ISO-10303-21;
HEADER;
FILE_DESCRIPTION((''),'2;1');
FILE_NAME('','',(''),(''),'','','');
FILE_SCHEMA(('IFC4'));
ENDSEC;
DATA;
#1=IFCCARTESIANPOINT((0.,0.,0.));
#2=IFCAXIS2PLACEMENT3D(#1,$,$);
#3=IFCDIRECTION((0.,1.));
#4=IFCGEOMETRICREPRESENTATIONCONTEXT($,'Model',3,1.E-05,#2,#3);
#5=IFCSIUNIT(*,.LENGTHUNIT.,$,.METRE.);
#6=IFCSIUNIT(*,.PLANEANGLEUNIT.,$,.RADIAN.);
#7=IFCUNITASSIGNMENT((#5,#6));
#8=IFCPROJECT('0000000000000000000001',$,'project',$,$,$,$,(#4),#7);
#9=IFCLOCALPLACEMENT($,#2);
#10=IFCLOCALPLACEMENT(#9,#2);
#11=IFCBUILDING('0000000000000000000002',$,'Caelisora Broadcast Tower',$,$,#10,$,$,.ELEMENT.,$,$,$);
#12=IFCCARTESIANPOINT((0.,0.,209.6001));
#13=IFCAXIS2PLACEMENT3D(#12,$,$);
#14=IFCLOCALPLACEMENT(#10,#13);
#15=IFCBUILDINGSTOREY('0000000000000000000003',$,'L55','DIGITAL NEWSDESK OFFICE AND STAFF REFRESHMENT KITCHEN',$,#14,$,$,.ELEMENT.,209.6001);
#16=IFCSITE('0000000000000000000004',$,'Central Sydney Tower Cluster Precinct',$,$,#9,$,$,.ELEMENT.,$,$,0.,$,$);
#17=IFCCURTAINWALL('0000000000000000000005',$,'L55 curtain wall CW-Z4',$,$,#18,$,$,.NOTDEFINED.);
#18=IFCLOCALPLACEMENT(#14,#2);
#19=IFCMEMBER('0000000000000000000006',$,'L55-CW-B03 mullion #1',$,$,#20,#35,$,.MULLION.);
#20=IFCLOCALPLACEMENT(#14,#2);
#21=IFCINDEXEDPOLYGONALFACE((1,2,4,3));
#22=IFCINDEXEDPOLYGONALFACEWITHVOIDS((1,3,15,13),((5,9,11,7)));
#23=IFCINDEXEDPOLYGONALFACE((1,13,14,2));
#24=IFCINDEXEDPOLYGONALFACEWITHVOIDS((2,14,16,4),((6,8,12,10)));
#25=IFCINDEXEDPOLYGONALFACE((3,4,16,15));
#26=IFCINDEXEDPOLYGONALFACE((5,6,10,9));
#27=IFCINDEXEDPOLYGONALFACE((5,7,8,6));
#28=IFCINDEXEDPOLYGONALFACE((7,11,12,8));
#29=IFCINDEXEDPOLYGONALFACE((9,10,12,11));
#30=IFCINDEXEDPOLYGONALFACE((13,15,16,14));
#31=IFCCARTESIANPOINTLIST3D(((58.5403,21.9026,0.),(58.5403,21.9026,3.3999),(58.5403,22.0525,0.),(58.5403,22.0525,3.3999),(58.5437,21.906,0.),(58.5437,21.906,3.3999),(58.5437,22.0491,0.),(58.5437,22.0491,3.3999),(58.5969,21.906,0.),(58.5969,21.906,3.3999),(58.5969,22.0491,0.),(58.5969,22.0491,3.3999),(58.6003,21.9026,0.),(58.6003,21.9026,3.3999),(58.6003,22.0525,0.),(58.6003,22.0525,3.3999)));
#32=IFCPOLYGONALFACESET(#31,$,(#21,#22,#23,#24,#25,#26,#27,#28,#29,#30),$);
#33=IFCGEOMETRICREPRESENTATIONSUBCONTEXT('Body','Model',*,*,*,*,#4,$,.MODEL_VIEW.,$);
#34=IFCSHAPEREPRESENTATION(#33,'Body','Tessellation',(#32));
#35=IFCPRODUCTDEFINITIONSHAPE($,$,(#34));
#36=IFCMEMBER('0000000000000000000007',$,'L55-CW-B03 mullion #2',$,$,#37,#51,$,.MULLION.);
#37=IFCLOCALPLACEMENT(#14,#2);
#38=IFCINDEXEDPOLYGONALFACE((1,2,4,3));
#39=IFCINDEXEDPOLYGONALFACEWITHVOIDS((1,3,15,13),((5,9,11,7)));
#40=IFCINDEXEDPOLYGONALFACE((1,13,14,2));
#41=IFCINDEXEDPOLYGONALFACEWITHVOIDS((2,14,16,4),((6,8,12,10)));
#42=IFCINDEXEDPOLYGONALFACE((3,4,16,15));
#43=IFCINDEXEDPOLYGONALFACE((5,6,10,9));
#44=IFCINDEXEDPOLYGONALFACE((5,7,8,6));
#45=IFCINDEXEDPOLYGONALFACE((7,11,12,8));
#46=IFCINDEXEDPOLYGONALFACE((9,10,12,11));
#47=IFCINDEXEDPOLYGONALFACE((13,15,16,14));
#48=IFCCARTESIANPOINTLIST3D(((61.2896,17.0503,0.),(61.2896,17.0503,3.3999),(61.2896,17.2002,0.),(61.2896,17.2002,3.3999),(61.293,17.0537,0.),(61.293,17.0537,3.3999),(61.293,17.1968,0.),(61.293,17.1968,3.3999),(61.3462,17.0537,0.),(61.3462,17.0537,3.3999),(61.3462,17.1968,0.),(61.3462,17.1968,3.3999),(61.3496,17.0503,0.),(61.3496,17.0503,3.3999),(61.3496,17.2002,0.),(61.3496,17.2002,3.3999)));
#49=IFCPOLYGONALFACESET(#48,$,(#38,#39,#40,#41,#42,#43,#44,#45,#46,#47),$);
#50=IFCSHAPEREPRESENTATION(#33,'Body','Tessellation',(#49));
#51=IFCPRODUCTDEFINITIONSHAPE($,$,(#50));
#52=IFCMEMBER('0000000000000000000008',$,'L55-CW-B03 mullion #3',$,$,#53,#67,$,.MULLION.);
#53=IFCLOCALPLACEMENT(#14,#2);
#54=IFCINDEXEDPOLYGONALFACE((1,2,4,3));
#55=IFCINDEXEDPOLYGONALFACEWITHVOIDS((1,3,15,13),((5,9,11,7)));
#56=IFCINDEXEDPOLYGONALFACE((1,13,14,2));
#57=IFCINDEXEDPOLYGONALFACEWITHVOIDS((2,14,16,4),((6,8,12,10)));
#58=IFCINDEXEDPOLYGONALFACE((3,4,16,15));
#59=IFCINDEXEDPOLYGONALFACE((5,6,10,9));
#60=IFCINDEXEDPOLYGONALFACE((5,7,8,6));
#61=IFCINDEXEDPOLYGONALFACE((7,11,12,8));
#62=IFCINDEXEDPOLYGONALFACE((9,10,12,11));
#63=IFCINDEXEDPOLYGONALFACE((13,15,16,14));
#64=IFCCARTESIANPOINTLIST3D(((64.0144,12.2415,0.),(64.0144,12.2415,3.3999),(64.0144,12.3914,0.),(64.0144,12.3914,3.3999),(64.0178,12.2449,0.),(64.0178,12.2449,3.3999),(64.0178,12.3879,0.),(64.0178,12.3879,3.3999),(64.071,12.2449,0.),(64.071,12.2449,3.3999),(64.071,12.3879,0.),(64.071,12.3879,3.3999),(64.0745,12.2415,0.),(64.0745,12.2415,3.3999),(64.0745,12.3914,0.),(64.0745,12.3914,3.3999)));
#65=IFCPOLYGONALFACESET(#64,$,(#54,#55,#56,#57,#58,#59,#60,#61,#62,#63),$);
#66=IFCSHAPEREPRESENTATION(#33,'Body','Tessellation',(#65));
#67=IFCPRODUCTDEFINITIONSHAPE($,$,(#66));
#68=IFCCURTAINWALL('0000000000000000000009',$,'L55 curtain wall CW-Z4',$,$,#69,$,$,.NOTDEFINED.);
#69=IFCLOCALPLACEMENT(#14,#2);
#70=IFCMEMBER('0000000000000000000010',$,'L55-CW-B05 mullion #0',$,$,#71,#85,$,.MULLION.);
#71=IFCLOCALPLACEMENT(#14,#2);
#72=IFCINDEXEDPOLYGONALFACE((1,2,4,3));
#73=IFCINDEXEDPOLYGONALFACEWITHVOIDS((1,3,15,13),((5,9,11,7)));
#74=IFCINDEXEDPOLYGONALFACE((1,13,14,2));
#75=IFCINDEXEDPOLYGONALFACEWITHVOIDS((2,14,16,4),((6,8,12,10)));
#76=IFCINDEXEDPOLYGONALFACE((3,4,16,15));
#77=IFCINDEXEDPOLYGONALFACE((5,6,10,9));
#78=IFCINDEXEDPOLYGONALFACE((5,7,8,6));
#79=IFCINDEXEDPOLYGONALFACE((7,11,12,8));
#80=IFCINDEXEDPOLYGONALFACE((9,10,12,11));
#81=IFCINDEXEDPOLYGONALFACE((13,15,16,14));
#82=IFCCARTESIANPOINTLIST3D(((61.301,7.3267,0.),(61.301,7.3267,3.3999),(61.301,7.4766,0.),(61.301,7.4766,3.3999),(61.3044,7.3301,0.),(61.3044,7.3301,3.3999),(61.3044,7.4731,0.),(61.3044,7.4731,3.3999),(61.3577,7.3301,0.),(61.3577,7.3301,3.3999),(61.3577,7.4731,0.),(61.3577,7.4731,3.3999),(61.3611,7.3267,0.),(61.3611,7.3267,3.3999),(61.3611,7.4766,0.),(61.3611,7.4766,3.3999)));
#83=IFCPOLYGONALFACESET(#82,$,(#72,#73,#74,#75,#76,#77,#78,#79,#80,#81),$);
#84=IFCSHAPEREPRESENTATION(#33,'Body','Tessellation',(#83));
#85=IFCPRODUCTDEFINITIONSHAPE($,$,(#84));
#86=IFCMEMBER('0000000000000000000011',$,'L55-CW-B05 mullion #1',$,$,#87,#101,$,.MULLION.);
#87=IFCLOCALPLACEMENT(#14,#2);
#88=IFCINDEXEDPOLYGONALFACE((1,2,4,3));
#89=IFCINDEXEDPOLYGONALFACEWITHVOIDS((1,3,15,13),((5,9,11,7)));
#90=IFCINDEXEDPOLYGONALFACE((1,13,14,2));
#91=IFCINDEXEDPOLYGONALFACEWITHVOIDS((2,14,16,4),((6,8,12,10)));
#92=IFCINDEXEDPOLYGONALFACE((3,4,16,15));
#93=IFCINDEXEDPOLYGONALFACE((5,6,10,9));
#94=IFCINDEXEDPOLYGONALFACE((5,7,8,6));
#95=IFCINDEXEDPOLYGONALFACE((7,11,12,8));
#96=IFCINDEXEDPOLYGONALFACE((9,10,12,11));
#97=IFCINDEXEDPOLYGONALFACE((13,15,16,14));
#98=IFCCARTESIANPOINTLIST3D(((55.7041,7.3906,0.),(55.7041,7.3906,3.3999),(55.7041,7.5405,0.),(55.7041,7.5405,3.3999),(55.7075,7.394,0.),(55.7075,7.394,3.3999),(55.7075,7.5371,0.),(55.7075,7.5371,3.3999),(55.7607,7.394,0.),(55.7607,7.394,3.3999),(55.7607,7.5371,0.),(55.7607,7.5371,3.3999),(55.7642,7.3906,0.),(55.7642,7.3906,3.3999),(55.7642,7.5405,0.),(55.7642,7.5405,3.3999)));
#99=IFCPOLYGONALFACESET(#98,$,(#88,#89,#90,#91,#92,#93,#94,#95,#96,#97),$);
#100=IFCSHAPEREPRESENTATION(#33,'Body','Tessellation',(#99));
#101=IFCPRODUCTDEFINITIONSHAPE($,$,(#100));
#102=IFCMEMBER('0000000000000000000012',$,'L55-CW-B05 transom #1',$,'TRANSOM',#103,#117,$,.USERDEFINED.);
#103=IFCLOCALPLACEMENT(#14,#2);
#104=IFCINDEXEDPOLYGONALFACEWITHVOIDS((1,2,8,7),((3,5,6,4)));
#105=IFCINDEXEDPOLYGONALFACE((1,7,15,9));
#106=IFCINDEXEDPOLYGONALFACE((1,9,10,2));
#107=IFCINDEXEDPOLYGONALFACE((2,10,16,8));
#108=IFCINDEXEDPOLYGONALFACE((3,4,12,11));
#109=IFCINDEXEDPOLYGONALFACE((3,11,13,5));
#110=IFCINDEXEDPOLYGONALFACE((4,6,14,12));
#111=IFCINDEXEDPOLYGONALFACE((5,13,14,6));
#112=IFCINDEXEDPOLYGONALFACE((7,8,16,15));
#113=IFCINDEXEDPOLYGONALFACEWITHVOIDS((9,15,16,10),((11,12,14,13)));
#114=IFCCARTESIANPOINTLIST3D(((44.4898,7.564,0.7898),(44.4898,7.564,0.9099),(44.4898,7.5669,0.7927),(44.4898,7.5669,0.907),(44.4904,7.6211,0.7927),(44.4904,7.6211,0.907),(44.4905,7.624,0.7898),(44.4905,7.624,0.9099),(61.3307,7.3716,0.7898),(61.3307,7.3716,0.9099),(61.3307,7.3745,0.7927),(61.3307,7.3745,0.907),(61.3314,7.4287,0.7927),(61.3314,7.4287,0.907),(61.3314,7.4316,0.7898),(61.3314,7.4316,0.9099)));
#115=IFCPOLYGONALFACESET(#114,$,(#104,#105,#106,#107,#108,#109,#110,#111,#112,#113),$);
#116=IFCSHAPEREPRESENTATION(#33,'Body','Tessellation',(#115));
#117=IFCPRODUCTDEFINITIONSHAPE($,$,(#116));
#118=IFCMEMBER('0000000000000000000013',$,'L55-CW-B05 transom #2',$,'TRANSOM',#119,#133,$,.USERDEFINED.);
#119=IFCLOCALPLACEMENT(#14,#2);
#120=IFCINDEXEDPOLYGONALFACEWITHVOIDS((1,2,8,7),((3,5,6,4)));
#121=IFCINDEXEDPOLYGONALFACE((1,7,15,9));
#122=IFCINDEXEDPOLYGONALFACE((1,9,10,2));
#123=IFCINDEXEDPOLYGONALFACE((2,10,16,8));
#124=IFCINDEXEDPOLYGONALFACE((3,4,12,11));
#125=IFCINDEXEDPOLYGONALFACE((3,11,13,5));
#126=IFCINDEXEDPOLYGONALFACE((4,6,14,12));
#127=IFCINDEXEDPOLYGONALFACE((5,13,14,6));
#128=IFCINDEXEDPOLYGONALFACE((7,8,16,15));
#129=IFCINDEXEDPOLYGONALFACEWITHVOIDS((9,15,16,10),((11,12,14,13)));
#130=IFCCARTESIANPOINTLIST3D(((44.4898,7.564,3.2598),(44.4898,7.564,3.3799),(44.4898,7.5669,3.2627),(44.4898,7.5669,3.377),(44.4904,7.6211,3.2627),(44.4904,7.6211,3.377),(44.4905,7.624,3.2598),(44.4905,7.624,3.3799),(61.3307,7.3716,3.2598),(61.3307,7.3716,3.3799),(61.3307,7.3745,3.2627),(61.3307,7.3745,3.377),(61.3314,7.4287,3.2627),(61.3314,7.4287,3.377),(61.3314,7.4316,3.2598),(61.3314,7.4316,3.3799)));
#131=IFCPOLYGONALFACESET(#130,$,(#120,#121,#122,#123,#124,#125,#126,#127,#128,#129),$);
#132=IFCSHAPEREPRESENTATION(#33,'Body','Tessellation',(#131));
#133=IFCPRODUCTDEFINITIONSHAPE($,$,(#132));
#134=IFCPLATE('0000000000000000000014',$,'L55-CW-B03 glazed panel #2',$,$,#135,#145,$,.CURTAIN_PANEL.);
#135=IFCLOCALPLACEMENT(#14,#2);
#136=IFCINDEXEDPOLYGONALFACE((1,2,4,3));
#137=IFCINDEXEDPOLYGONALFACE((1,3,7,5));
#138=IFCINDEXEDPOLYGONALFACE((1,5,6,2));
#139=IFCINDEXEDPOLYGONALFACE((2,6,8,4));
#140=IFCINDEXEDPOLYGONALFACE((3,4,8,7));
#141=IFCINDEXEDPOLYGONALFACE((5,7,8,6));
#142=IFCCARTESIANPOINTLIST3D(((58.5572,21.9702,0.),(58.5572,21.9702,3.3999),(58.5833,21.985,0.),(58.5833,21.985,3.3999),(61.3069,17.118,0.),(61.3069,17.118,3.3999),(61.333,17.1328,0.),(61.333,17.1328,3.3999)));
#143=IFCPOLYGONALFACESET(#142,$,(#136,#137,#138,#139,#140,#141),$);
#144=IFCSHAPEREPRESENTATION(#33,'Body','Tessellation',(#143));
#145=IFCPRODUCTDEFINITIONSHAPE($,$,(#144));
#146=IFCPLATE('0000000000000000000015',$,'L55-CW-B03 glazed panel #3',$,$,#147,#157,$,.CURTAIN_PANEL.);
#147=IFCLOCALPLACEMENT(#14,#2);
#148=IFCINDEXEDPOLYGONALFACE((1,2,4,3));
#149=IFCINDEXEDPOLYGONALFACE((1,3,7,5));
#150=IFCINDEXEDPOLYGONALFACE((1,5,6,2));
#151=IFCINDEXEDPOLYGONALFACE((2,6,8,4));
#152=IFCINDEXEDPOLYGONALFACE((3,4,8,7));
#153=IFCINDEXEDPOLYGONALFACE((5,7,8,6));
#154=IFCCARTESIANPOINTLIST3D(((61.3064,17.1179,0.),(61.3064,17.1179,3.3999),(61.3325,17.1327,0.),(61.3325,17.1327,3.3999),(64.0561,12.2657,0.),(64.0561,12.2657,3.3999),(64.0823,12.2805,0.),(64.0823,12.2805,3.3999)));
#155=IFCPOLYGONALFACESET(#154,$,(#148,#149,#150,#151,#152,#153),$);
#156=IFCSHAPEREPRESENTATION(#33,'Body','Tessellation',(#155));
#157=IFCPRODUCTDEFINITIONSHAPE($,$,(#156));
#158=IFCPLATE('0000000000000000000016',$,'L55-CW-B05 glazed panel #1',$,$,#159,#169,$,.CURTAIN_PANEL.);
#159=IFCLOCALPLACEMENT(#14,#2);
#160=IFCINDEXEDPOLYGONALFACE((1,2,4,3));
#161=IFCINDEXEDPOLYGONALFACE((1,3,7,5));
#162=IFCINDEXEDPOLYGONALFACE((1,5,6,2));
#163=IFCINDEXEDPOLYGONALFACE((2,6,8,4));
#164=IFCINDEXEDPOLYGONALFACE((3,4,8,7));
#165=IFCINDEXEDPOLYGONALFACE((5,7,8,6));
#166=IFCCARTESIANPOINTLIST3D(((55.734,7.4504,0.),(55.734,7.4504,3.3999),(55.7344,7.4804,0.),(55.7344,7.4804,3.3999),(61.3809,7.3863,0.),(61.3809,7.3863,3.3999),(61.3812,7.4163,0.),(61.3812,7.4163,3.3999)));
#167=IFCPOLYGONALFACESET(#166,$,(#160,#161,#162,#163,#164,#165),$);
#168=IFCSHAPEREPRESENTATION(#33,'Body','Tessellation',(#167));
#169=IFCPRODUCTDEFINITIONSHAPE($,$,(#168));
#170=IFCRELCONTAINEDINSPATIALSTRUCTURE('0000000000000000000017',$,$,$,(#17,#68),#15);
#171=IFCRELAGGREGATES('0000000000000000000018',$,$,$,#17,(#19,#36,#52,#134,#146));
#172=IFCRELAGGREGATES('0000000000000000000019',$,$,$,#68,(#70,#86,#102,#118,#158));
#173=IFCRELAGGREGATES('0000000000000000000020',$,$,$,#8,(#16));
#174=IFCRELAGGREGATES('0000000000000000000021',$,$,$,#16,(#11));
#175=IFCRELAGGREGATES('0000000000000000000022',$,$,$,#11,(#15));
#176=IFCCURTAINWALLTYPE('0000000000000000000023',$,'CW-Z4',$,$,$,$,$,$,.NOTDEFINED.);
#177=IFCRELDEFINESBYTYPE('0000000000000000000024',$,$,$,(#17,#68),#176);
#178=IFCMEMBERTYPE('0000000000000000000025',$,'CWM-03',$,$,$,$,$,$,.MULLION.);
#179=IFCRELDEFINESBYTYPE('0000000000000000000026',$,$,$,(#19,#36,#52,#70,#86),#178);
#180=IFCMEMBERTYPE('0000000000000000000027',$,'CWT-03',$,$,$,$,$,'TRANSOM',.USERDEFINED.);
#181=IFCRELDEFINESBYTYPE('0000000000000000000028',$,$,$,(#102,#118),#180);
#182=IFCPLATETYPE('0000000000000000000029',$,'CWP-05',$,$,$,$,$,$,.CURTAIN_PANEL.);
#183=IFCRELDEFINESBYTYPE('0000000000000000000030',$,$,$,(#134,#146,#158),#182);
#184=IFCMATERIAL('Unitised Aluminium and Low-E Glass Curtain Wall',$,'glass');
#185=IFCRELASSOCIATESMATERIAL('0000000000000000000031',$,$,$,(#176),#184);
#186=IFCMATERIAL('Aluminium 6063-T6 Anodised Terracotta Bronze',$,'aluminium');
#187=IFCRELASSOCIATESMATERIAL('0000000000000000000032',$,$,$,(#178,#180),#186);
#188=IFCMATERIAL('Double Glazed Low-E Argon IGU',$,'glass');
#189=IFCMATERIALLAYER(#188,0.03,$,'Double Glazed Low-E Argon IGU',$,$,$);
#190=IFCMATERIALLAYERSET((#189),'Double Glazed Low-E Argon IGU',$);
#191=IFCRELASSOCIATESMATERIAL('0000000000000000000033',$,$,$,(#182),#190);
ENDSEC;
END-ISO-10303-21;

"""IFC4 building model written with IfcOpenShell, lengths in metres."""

from ifc_helpers import new_model, si_unit, direction, frame, origin, origin_2d, place, context, subcontext, project, spatial, rectangle, hollow_rectangle, extrude, source, transform, mapped, material, layer, layer_set, material_profile, profile_set, type_object, type_shapes, element, aggregate, save


model = new_model("IFC4")

# Units and contexts
model_context = context("Model", 3, precision=1e-05, world=origin(), true_north=direction((0.0, 1.0)))
body_context = subcontext(model_context, "Body", "Model", "MODEL_VIEW")
ifc_project = project(units=[si_unit("LENGTHUNIT", "METRE"), si_unit("PLANEANGLEUNIT", "RADIAN")], contexts=[model_context])

# Site, building, storey
site_placement = place(None, origin())
site = spatial("IfcSite", under=ifc_project, at=site_placement, Name="Central Sydney Tower Cluster Precinct", CompositionType="ELEMENT", RefElevation=0.0)
building_placement = place(site_placement, origin())
building = spatial("IfcBuilding", under=site, at=building_placement, Name="Caelisora Broadcast Tower", CompositionType="ELEMENT")
storey_placement = place(building_placement, frame((0.0, 0.0, 209.6001)))
storey = spatial("IfcBuildingStorey", under=building, at=storey_placement, Name="L55", Description="DIGITAL NEWSDESK OFFICE AND STAFF REFRESHMENT KITCHEN", CompositionType="ELEMENT", Elevation=209.6001)

# Curtain walls, members
ifc_material_1 = material(Name="Unitised Aluminium and Low-E Glass Curtain Wall", Category="glass")
curtain_wall_type = type_object("IfcCurtainWallType", Name="CW-Z4", PredefinedType="NOTDEFINED", material=ifc_material_1)
curtain_wall_1_placement = place(storey_placement, origin())
curtain_wall_1 = element("IfcCurtainWall", 1, at=curtain_wall_1_placement, inside=storey, type_object=curtain_wall_type, Name="L55 curtain wall CW-Z4", PredefinedType="NOTDEFINED")
ifc_material_2 = material(Name="Aluminium 6063-T6 Anodised Terracotta Bronze", Category="aluminium")
ifc_material_profile_1 = material_profile(ifc_material_2, hollow_rectangle(XDim=0.0601, YDim=0.1499, WallThickness=0.0034, at=origin_2d()), Name="Aluminium 6063-T6 Anodised Terracotta Bronze")
ifc_profile_set_1 = profile_set([ifc_material_profile_1], Name="Aluminium 6063-T6 Anodised Terracotta Bronze")
member_type_1 = type_object("IfcMemberType", Name="CWM-03", PredefinedType="MULLION", material=ifc_profile_set_1)
shared_shape_1 = source(origin(), body_context, "Body", "SweptSolid", [
    extrude(hollow_rectangle(XDim=0.0601, YDim=0.1499, WallThickness=0.0034, at=origin_2d()), origin(), (0.0, 0.0, 1.0), 3.3999),
])
type_shapes(member_type_1, [shared_shape_1])
member_1_placement = place(storey_placement, frame((58.5703, 21.9775, 0.0), z_axis=(0.0, 0.0, 1.0), x_axis=(1.0, 0.0, 0.0)))
member_1 = element("IfcMember", 2, at=member_1_placement, type_object=member_type_1, Name="L55-CW-B03 mullion #1", PredefinedType="MULLION", context=body_context, shape_type="MappedRepresentation", body=[
    mapped(shared_shape_1, transform((0.0, 0.0, 0.0), scale=1.0)),
])
member_2_placement = place(storey_placement, frame((61.3196, 17.1252, 0.0), z_axis=(0.0, 0.0, 1.0), x_axis=(1.0, 0.0, 0.0)))
member_2 = element("IfcMember", 3, at=member_2_placement, type_object=member_type_1, Name="L55-CW-B03 mullion #2", PredefinedType="MULLION", context=body_context, shape_type="MappedRepresentation", body=[
    mapped(shared_shape_1, transform((0.0, 0.0, 0.0), scale=1.0)),
])
member_3_placement = place(storey_placement, frame((64.0444, 12.3164, 0.0), z_axis=(0.0, 0.0, 1.0), x_axis=(1.0, 0.0, 0.0)))
member_3 = element("IfcMember", 4, at=member_3_placement, type_object=member_type_1, Name="L55-CW-B03 mullion #3", PredefinedType="MULLION", context=body_context, shape_type="MappedRepresentation", body=[
    mapped(shared_shape_1, transform((0.0, 0.0, 0.0), scale=1.0)),
])
curtain_wall_2_placement = place(storey_placement, origin())
curtain_wall_2 = element("IfcCurtainWall", 5, at=curtain_wall_2_placement, inside=storey, type_object=curtain_wall_type, Name="L55 curtain wall CW-Z4", PredefinedType="NOTDEFINED")
member_4_placement = place(storey_placement, frame((61.3311, 7.4016, 0.0), z_axis=(0.0, 0.0, 1.0), x_axis=(1.0, 0.0, 0.0)))
member_4 = element("IfcMember", 6, at=member_4_placement, type_object=member_type_1, Name="L55-CW-B05 mullion #0", PredefinedType="MULLION", context=body_context, shape_type="MappedRepresentation", body=[
    mapped(shared_shape_1, transform((0.0, 0.0, 0.0), scale=1.0)),
])
member_5_placement = place(storey_placement, frame((55.7341, 7.4656, 0.0), z_axis=(0.0, 0.0, 1.0), x_axis=(1.0, 0.0, 0.0)))
member_5 = element("IfcMember", 7, at=member_5_placement, type_object=member_type_1, Name="L55-CW-B05 mullion #1", PredefinedType="MULLION", context=body_context, shape_type="MappedRepresentation", body=[
    mapped(shared_shape_1, transform((0.0, 0.0, 0.0), scale=1.0)),
])
ifc_material_profile_2 = material_profile(ifc_material_2, hollow_rectangle(XDim=0.0601, YDim=0.1201, WallThickness=0.0029, at=origin_2d()), Name="Aluminium 6063-T6 Anodised Terracotta Bronze")
ifc_profile_set_2 = profile_set([ifc_material_profile_2], Name="Aluminium 6063-T6 Anodised Terracotta Bronze")
member_type_2 = type_object("IfcMemberType", Name="CWT-03", ElementType="TRANSOM", PredefinedType="USERDEFINED", material=ifc_profile_set_2)
shared_shape_2 = source(origin(), body_context, "Body", "SweptSolid", [
    extrude(hollow_rectangle(XDim=0.0601, YDim=0.1201, WallThickness=0.0029, at=origin_2d()), origin(), (0.0, 0.0, 1.0), 16.842),
])
type_shapes(member_type_2, [shared_shape_2])
member_6_placement = place(storey_placement, frame((61.3311, 7.4016, 0.8499), z_axis=(-0.999935, 0.011423, 0.0), x_axis=(-0.011423, -0.999935, 0.0)))
member_6 = element("IfcMember", 8, at=member_6_placement, type_object=member_type_2, Name="L55-CW-B05 transom #1", ObjectType="TRANSOM", PredefinedType="USERDEFINED", context=body_context, shape_type="MappedRepresentation", body=[
    mapped(shared_shape_2, transform((0.0, 0.0, 0.0), scale=1.0)),
])
member_7_placement = place(storey_placement, frame((61.3311, 7.4016, 3.3198), z_axis=(-0.999935, 0.011423, 0.0), x_axis=(-0.011423, -0.999935, 0.0)))
member_7 = element("IfcMember", 9, at=member_7_placement, type_object=member_type_2, Name="L55-CW-B05 transom #2", ObjectType="TRANSOM", PredefinedType="USERDEFINED", context=body_context, shape_type="MappedRepresentation", body=[
    mapped(shared_shape_2, transform((0.0, 0.0, 0.0), scale=1.0)),
])

# Plates
ifc_material_3 = material(Name="Double Glazed Low-E Argon IGU", Category="glass")
ifc_layer_1 = layer(ifc_material_3, 0.03, Name="Double Glazed Low-E Argon IGU")
ifc_layer_set_1 = layer_set([ifc_layer_1], Name="Double Glazed Low-E Argon IGU")
plate_type = type_object("IfcPlateType", Name="CWP-05", PredefinedType="CURTAIN_PANEL", material=ifc_layer_set_1)
shared_shape_3 = source(origin(), body_context, "Body", "SweptSolid", [
    extrude(rectangle(XDim=5.5771, YDim=0.03, at=origin_2d()), origin(), (0.0, 0.0, 1.0), 3.3999),
])
plate_1_placement = place(storey_placement, frame((59.9451, 19.5515, 0.0), z_axis=(0.0, 0.0, 1.0), x_axis=(0.493031, -0.870012, 0.0)))
plate_1 = element("IfcPlate", 10, at=plate_1_placement, type_object=plate_type, Name="L55-CW-B03 glazed panel #2", PredefinedType="CURTAIN_PANEL", context=body_context, shape_type="MappedRepresentation", body=[
    mapped(shared_shape_3, transform((0.0, 0.0, 0.0), scale=1.0)),
])
plate_2_placement = place(storey_placement, frame((62.6943, 14.6992, 0.0), z_axis=(0.0, 0.0, 1.0), x_axis=(0.493031, -0.870012, 0.0)))
plate_2 = element("IfcPlate", 11, at=plate_2_placement, type_object=plate_type, Name="L55-CW-B03 glazed panel #3", PredefinedType="CURTAIN_PANEL", context=body_context, shape_type="MappedRepresentation", body=[
    mapped(shared_shape_3, transform((0.0, 0.0, 0.0), scale=1.0)),
])
aggregate(curtain_wall_1, [member_1, member_2, member_3, plate_1, plate_2])
shared_shape_4 = source(origin(), body_context, "Body", "SweptSolid", [
    extrude(rectangle(XDim=5.6472, YDim=0.03, at=origin_2d()), origin(), (0.0, 0.0, 1.0), 3.3999),
])
type_shapes(plate_type, [shared_shape_3, shared_shape_4])
plate_3_placement = place(storey_placement, frame((58.5576, 7.4333, 0.0), z_axis=(0.0, 0.0, 1.0), x_axis=(-0.999936, 0.011344, 0.0)))
plate_3 = element("IfcPlate", 12, at=plate_3_placement, type_object=plate_type, Name="L55-CW-B05 glazed panel #1", PredefinedType="CURTAIN_PANEL", context=body_context, shape_type="MappedRepresentation", body=[
    mapped(shared_shape_4, transform((0.0, 0.0, 0.0), scale=1.0)),
])
aggregate(curtain_wall_2, [member_4, member_5, member_6, member_7, plate_3])

save(model, "model.ifc")
